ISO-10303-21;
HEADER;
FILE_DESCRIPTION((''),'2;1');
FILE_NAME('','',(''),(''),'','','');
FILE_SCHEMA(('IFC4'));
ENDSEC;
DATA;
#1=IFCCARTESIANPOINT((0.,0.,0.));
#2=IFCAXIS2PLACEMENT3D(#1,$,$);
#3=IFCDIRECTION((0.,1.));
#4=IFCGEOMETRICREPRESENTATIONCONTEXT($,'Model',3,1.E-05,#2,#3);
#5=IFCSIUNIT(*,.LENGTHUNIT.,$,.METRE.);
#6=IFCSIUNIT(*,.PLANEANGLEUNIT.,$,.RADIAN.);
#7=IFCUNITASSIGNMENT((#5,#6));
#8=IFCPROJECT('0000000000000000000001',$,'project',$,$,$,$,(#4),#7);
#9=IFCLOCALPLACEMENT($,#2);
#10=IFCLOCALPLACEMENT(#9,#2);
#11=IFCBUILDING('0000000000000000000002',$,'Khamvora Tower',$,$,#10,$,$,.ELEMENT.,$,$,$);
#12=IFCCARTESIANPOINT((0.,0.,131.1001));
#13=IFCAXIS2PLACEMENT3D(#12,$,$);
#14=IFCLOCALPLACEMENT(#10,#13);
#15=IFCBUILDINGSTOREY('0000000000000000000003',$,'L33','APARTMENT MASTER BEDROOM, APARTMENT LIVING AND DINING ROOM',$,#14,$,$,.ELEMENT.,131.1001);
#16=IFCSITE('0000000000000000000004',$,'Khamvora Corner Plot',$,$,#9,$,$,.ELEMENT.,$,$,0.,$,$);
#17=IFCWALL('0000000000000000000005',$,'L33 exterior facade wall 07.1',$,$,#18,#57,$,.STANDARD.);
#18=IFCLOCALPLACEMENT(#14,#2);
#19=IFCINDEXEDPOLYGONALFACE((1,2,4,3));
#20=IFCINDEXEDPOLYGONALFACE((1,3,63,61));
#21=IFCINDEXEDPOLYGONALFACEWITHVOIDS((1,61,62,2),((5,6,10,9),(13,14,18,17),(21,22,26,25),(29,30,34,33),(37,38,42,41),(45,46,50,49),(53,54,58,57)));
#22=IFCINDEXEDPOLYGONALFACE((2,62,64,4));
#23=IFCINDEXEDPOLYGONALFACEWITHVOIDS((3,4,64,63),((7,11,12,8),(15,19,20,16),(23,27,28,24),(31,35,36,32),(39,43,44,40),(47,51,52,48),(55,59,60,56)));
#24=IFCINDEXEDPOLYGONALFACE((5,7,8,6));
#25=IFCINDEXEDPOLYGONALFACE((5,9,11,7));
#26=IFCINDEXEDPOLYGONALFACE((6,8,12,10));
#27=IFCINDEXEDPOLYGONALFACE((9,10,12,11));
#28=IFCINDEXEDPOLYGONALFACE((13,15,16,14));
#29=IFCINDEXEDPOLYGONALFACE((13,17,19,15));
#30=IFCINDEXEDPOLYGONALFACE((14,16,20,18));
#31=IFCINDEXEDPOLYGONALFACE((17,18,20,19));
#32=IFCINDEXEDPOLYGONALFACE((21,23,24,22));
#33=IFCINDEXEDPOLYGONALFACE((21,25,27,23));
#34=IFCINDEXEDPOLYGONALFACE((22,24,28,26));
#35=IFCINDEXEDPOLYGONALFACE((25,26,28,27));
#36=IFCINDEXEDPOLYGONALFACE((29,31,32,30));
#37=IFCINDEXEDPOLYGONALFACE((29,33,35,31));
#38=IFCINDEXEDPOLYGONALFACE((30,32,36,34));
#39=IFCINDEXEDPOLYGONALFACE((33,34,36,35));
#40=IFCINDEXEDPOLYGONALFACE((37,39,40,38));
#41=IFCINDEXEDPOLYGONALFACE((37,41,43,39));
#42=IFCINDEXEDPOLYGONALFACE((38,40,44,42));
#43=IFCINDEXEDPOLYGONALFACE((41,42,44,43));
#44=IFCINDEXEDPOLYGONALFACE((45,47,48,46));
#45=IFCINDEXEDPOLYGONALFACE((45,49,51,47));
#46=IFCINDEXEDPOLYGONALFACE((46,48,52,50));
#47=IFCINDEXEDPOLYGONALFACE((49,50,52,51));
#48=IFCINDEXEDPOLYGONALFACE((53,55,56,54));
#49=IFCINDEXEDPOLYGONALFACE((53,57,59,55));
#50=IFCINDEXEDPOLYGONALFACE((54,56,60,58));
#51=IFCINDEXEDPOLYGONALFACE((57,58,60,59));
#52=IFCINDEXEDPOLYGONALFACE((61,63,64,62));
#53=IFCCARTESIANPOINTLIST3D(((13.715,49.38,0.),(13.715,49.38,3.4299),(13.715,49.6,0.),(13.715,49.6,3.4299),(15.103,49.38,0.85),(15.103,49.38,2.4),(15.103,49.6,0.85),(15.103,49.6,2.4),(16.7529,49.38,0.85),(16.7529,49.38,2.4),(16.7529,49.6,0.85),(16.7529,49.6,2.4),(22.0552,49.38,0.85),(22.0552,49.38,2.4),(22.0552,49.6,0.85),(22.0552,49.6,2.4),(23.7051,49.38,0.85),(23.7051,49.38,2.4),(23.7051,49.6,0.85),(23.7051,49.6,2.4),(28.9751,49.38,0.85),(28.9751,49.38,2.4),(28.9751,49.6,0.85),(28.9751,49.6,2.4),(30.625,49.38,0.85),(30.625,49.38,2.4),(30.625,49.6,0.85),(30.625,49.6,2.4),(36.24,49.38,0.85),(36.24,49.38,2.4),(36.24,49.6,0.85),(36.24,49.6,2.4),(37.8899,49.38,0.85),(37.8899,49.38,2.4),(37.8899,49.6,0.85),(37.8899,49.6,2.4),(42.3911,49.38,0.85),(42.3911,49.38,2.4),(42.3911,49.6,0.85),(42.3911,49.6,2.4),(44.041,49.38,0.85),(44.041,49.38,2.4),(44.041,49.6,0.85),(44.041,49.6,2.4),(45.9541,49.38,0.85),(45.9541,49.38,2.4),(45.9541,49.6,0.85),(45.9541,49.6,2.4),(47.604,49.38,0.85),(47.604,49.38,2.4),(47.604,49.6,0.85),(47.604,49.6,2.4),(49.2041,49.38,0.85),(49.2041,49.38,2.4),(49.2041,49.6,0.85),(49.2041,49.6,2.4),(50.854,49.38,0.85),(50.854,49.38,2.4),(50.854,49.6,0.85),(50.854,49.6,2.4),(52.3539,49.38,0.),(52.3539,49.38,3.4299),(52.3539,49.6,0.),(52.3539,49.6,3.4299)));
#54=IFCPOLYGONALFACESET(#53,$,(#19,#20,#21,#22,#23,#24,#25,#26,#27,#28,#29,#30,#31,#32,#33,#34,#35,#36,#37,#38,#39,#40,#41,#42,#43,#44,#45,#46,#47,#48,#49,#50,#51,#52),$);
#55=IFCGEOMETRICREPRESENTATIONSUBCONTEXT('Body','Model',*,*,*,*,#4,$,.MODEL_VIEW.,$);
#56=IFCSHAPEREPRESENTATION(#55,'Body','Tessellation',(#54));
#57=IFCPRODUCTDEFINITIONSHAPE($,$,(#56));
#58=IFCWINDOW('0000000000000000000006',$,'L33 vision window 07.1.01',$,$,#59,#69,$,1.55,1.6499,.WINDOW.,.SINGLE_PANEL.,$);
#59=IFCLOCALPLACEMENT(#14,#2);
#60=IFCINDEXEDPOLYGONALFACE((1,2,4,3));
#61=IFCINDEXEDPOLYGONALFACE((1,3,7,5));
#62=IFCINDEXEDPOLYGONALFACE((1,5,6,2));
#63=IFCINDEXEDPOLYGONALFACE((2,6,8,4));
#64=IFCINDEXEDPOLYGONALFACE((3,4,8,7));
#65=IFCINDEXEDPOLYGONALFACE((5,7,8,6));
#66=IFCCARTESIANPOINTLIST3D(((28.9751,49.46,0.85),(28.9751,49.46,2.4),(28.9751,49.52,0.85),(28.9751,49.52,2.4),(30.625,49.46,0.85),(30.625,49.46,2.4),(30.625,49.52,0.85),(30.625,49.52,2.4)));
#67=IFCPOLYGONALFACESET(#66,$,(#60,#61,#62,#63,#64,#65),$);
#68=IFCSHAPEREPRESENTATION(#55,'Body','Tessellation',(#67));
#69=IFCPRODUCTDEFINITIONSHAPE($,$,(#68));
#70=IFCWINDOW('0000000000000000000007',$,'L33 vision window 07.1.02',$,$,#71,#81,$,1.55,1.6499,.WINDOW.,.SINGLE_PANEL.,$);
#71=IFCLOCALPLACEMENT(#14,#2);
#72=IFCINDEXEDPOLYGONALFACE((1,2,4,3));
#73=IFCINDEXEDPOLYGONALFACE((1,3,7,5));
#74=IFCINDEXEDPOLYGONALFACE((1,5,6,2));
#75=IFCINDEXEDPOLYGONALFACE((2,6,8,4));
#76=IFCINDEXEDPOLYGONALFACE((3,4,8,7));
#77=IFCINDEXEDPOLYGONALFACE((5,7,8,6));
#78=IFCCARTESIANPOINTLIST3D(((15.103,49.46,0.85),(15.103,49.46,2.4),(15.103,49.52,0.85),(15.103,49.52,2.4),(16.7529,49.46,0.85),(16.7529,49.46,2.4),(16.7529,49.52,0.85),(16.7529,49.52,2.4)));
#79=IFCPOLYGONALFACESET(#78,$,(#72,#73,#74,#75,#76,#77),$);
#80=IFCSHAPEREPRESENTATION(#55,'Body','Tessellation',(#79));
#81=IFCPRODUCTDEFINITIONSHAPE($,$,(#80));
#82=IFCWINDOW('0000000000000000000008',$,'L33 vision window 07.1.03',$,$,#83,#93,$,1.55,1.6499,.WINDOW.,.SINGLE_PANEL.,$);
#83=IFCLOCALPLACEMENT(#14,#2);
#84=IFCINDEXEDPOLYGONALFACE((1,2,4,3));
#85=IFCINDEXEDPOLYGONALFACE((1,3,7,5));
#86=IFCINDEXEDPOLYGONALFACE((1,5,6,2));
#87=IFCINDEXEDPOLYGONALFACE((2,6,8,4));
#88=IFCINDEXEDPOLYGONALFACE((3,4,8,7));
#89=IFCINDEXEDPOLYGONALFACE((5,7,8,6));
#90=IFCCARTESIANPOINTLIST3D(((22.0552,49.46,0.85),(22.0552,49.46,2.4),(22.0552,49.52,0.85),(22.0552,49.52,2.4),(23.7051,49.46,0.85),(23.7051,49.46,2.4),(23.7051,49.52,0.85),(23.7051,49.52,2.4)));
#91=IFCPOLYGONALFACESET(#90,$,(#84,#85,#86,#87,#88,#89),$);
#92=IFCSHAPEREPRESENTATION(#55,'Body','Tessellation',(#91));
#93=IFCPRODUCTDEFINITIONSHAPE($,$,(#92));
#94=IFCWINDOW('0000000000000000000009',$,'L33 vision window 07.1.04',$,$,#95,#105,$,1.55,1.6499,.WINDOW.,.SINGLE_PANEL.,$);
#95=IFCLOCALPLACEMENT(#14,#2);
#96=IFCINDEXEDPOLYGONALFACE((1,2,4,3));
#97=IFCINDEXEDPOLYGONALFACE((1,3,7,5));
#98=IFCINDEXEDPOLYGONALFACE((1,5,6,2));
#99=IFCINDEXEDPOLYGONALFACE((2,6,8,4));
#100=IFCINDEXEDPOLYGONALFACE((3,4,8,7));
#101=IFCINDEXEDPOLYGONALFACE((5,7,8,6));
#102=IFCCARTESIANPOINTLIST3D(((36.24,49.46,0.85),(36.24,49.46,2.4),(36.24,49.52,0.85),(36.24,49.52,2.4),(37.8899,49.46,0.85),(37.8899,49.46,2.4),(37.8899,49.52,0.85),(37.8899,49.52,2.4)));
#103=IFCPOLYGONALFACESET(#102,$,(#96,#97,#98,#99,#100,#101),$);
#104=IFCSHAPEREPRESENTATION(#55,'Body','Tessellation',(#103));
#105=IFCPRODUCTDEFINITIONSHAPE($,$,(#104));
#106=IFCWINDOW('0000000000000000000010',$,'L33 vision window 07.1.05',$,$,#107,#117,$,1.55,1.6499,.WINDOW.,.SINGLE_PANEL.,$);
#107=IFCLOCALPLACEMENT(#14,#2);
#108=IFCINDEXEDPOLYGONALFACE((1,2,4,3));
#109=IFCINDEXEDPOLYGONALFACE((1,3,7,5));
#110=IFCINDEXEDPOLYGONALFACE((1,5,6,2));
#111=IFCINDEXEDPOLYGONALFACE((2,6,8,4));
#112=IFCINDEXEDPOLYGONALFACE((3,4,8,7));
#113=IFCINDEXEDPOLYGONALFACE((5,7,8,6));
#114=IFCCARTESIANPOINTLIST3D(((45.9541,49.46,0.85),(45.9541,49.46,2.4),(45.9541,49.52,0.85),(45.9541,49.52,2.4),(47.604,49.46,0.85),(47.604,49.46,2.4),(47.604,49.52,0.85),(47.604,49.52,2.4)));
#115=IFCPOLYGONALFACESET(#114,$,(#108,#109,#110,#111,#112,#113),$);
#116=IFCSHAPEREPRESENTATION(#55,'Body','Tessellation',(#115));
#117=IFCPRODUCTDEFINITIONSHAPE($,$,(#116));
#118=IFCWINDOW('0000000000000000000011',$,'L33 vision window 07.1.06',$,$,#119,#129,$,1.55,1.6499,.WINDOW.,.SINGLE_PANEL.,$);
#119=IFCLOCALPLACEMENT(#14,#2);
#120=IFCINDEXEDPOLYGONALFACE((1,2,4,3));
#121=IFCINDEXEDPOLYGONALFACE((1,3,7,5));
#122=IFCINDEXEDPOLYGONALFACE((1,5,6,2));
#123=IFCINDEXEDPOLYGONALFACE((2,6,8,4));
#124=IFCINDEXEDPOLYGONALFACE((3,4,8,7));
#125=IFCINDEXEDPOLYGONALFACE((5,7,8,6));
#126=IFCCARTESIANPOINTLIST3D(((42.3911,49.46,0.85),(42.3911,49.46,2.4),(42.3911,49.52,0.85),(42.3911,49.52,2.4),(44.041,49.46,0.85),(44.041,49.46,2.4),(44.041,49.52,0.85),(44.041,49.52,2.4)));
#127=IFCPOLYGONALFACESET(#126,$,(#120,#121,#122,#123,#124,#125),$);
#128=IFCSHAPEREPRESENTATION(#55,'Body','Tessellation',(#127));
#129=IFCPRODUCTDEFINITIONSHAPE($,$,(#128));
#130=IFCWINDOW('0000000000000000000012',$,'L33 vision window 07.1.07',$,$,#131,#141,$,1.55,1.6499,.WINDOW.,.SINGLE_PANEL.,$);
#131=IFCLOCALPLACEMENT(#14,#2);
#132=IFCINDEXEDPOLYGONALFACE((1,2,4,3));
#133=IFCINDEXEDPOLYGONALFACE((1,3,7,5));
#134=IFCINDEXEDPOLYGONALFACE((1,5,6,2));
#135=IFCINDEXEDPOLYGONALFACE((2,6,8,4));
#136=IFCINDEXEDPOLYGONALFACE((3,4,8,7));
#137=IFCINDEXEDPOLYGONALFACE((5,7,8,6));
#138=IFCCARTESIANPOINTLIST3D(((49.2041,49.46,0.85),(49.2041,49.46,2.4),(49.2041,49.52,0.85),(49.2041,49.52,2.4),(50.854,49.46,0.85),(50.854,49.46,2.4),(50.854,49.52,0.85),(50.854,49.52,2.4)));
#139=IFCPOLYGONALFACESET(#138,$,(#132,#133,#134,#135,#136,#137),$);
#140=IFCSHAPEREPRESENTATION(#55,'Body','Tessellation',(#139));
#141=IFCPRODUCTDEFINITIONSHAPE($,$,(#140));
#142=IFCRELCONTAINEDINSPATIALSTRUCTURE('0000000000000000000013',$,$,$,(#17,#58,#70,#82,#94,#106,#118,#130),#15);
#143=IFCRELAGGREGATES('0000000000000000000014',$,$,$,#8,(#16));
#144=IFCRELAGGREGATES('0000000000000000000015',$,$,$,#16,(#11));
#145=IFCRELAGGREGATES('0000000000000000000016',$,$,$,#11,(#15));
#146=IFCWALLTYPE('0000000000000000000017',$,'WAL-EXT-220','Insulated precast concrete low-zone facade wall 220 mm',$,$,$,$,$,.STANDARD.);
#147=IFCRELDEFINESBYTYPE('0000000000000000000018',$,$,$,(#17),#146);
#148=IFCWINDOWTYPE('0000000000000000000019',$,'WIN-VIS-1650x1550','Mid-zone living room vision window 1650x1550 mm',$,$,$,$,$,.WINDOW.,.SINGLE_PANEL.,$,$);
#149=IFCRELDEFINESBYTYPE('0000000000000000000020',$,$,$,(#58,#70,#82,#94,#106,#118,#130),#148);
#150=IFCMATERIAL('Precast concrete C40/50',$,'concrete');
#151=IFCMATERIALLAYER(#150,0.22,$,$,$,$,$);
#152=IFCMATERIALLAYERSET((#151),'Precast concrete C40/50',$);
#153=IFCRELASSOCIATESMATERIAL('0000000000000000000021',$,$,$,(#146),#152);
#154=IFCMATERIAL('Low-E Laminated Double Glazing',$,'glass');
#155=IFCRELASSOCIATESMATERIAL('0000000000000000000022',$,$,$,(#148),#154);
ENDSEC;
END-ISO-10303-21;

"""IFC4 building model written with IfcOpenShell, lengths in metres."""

from ifc_helpers import new_model, si_unit, direction, frame, frame_2d, origin, place, context, subcontext, project, spatial, rectangle, extrude, material, layer, layer_set, type_object, element, fill, save


model = new_model("IFC4")

# Units and contexts
model_context = context("Model", 3, precision=1e-05, world=origin(), true_north=direction((0.0, 1.0)))
body_context = subcontext(model_context, "Body", "Model", "MODEL_VIEW")
ifc_project = project(units=[si_unit("LENGTHUNIT", "METRE"), si_unit("PLANEANGLEUNIT", "RADIAN")], contexts=[model_context])

# Site, building, storey
site_placement = place(None, origin())
site = spatial("IfcSite", under=ifc_project, at=site_placement, Name="Khamvora Corner Plot", CompositionType="ELEMENT", RefElevation=0.0)
building_placement = place(site_placement, origin())
building = spatial("IfcBuilding", under=site, at=building_placement, Name="Khamvora Tower", CompositionType="ELEMENT")
storey_placement = place(building_placement, frame((0.0, 0.0, 131.1001)))
storey = spatial("IfcBuildingStorey", under=building, at=storey_placement, Name="L33", Description="APARTMENT MASTER BEDROOM, APARTMENT LIVING AND DINING ROOM", CompositionType="ELEMENT", Elevation=131.1001)

# Shared definitions
ifc_material_1 = material(Name="Precast concrete C40/50", Category="concrete")
ifc_layer_1 = layer(ifc_material_1, 0.22)
ifc_layer_set_1 = layer_set([ifc_layer_1], Name="Precast concrete C40/50")
wall_type_1 = type_object("IfcWallType", Name="WAL-EXT-220", Description="Insulated precast concrete low-zone facade wall 220 mm", PredefinedType="STANDARD", material=ifc_layer_set_1)

# Wall, openings, windows
wall_1_placement = place(storey_placement, frame((13.7151, 49.49, 0.0), z_axis=(0.0, 0.0, 1.0), x_axis=(1.0, 0.0, 0.0)))
wall_1 = element("IfcWall", 1, at=wall_1_placement, inside=storey, type_object=wall_type_1, Name="L33 exterior facade wall 07.1", PredefinedType="STANDARD", context=body_context, shape_type="SweptSolid", body=[
    extrude(rectangle(XDim=38.6389, YDim=0.22, at=frame_2d((19.3193, 0.0))), origin(), (0.0, 0.0, 1.0), 3.4299),
])
opening_1_placement = place(wall_1_placement, frame((15.26, 0.0, 0.8501)))
opening_1 = element("IfcOpeningElement", 2, at=opening_1_placement, cuts=wall_1, PredefinedType="OPENING", context=body_context, shape_type="SweptSolid", body=[
    extrude(rectangle(XDim=1.6499, YDim=1.55, at=frame_2d((0.825, 0.7749))), frame((0.0, 0.1199, 0.0), z_axis=(0.0, -1.0, 0.0), x_axis=(1.0, 0.0, 0.0)), (0.0, 0.0, 1.0), 0.24),
])
opening_2_placement = place(wall_1_placement, frame((1.3879, 0.0, 0.8501)))
opening_2 = element("IfcOpeningElement", 3, at=opening_2_placement, cuts=wall_1, PredefinedType="OPENING", context=body_context, shape_type="SweptSolid", body=[
    extrude(rectangle(XDim=1.6499, YDim=1.55, at=frame_2d((0.825, 0.7749))), frame((0.0, 0.1199, 0.0), z_axis=(0.0, -1.0, 0.0), x_axis=(1.0, 0.0, 0.0)), (0.0, 0.0, 1.0), 0.24),
])
opening_3_placement = place(wall_1_placement, frame((8.3401, 0.0, 0.8501)))
opening_3 = element("IfcOpeningElement", 4, at=opening_3_placement, cuts=wall_1, PredefinedType="OPENING", context=body_context, shape_type="SweptSolid", body=[
    extrude(rectangle(XDim=1.6499, YDim=1.55, at=frame_2d((0.825, 0.7749))), frame((0.0, 0.1199, 0.0), z_axis=(0.0, -1.0, 0.0), x_axis=(1.0, 0.0, 0.0)), (0.0, 0.0, 1.0), 0.24),
])
opening_4_placement = place(wall_1_placement, frame((22.5249, 0.0, 0.8501)))
opening_4 = element("IfcOpeningElement", 5, at=opening_4_placement, cuts=wall_1, PredefinedType="OPENING", context=body_context, shape_type="SweptSolid", body=[
    extrude(rectangle(XDim=1.6499, YDim=1.55, at=frame_2d((0.825, 0.7749))), frame((0.0, 0.1199, 0.0), z_axis=(0.0, -1.0, 0.0), x_axis=(1.0, 0.0, 0.0)), (0.0, 0.0, 1.0), 0.24),
])
opening_5_placement = place(wall_1_placement, frame((32.239, 0.0, 0.8501)))
opening_5 = element("IfcOpeningElement", 6, at=opening_5_placement, cuts=wall_1, PredefinedType="OPENING", context=body_context, shape_type="SweptSolid", body=[
    extrude(rectangle(XDim=1.6499, YDim=1.55, at=frame_2d((0.825, 0.7749))), frame((0.0, 0.1199, 0.0), z_axis=(0.0, -1.0, 0.0), x_axis=(1.0, 0.0, 0.0)), (0.0, 0.0, 1.0), 0.24),
])
opening_6_placement = place(wall_1_placement, frame((28.676, 0.0, 0.8501)))
opening_6 = element("IfcOpeningElement", 7, at=opening_6_placement, cuts=wall_1, PredefinedType="OPENING", context=body_context, shape_type="SweptSolid", body=[
    extrude(rectangle(XDim=1.6499, YDim=1.55, at=frame_2d((0.825, 0.7749))), frame((0.0, 0.1199, 0.0), z_axis=(0.0, -1.0, 0.0), x_axis=(1.0, 0.0, 0.0)), (0.0, 0.0, 1.0), 0.24),
])
opening_7_placement = place(wall_1_placement, frame((35.489, 0.0, 0.8501)))
opening_7 = element("IfcOpeningElement", 8, at=opening_7_placement, cuts=wall_1, PredefinedType="OPENING", context=body_context, shape_type="SweptSolid", body=[
    extrude(rectangle(XDim=1.6499, YDim=1.55, at=frame_2d((0.825, 0.7749))), frame((0.0, 0.1199, 0.0), z_axis=(0.0, -1.0, 0.0), x_axis=(1.0, 0.0, 0.0)), (0.0, 0.0, 1.0), 0.24),
])
ifc_material_2 = material(Name="Low-E Laminated Double Glazing", Category="glass")
window_type = type_object("IfcWindowType", Name="WIN-VIS-1650x1550", Description="Mid-zone living room vision window 1650x1550 mm", PartitioningType="SINGLE_PANEL", PredefinedType="WINDOW", material=ifc_material_2)
window_1_placement = place(opening_1_placement, origin())
window_1 = element("IfcWindow", 9, at=window_1_placement, inside=storey, type_object=window_type, Name="L33 vision window 07.1.01", OverallHeight=1.55, OverallWidth=1.6499, PartitioningType="SINGLE_PANEL", PredefinedType="WINDOW", context=body_context, shape_type="SweptSolid", body=[
    extrude(rectangle(XDim=1.6499, YDim=1.55, at=frame_2d((0.825, 0.7749))), frame((0.0, 0.03, 0.0), z_axis=(0.0, -1.0, 0.0), x_axis=(1.0, 0.0, 0.0)), (0.0, 0.0, 1.0), 0.0601),
])
fill(opening_1, window_1)
window_2_placement = place(opening_2_placement, origin())
window_2 = element("IfcWindow", 10, at=window_2_placement, inside=storey, type_object=window_type, Name="L33 vision window 07.1.02", OverallHeight=1.55, OverallWidth=1.6499, PartitioningType="SINGLE_PANEL", PredefinedType="WINDOW", context=body_context, shape_type="SweptSolid", body=[
    extrude(rectangle(XDim=1.6499, YDim=1.55, at=frame_2d((0.825, 0.7749))), frame((0.0, 0.03, 0.0), z_axis=(0.0, -1.0, 0.0), x_axis=(1.0, 0.0, 0.0)), (0.0, 0.0, 1.0), 0.0601),
])
fill(opening_2, window_2)
window_3_placement = place(opening_3_placement, origin())
window_3 = element("IfcWindow", 11, at=window_3_placement, inside=storey, type_object=window_type, Name="L33 vision window 07.1.03", OverallHeight=1.55, OverallWidth=1.6499, PartitioningType="SINGLE_PANEL", PredefinedType="WINDOW", context=body_context, shape_type="SweptSolid", body=[
    extrude(rectangle(XDim=1.6499, YDim=1.55, at=frame_2d((0.825, 0.7749))), frame((0.0, 0.03, 0.0), z_axis=(0.0, -1.0, 0.0), x_axis=(1.0, 0.0, 0.0)), (0.0, 0.0, 1.0), 0.0601),
])
fill(opening_3, window_3)
window_4_placement = place(opening_4_placement, origin())
window_4 = element("IfcWindow", 12, at=window_4_placement, inside=storey, type_object=window_type, Name="L33 vision window 07.1.04", OverallHeight=1.55, OverallWidth=1.6499, PartitioningType="SINGLE_PANEL", PredefinedType="WINDOW", context=body_context, shape_type="SweptSolid", body=[
    extrude(rectangle(XDim=1.6499, YDim=1.55, at=frame_2d((0.825, 0.7749))), frame((0.0, 0.03, 0.0), z_axis=(0.0, -1.0, 0.0), x_axis=(1.0, 0.0, 0.0)), (0.0, 0.0, 1.0), 0.0601),
])
fill(opening_4, window_4)
window_5_placement = place(opening_5_placement, origin())
window_5 = element("IfcWindow", 13, at=window_5_placement, inside=storey, type_object=window_type, Name="L33 vision window 07.1.05", OverallHeight=1.55, OverallWidth=1.6499, PartitioningType="SINGLE_PANEL", PredefinedType="WINDOW", context=body_context, shape_type="SweptSolid", body=[
    extrude(rectangle(XDim=1.6499, YDim=1.55, at=frame_2d((0.825, 0.7749))), frame((0.0, 0.03, 0.0), z_axis=(0.0, -1.0, 0.0), x_axis=(1.0, 0.0, 0.0)), (0.0, 0.0, 1.0), 0.0601),
])
fill(opening_5, window_5)
window_6_placement = place(opening_6_placement, origin())
window_6 = element("IfcWindow", 14, at=window_6_placement, inside=storey, type_object=window_type, Name="L33 vision window 07.1.06", OverallHeight=1.55, OverallWidth=1.6499, PartitioningType="SINGLE_PANEL", PredefinedType="WINDOW", context=body_context, shape_type="SweptSolid", body=[
    extrude(rectangle(XDim=1.6499, YDim=1.55, at=frame_2d((0.825, 0.7749))), frame((0.0, 0.03, 0.0), z_axis=(0.0, -1.0, 0.0), x_axis=(1.0, 0.0, 0.0)), (0.0, 0.0, 1.0), 0.0601),
])
fill(opening_6, window_6)
window_7_placement = place(opening_7_placement, origin())
window_7 = element("IfcWindow", 15, at=window_7_placement, inside=storey, type_object=window_type, Name="L33 vision window 07.1.07", OverallHeight=1.55, OverallWidth=1.6499, PartitioningType="SINGLE_PANEL", PredefinedType="WINDOW", context=body_context, shape_type="SweptSolid", body=[
    extrude(rectangle(XDim=1.6499, YDim=1.55, at=frame_2d((0.825, 0.7749))), frame((0.0, 0.03, 0.0), z_axis=(0.0, -1.0, 0.0), x_axis=(1.0, 0.0, 0.0)), (0.0, 0.0, 1.0), 0.0601),
])
fill(opening_7, window_7)

save(model, "model.ifc")
